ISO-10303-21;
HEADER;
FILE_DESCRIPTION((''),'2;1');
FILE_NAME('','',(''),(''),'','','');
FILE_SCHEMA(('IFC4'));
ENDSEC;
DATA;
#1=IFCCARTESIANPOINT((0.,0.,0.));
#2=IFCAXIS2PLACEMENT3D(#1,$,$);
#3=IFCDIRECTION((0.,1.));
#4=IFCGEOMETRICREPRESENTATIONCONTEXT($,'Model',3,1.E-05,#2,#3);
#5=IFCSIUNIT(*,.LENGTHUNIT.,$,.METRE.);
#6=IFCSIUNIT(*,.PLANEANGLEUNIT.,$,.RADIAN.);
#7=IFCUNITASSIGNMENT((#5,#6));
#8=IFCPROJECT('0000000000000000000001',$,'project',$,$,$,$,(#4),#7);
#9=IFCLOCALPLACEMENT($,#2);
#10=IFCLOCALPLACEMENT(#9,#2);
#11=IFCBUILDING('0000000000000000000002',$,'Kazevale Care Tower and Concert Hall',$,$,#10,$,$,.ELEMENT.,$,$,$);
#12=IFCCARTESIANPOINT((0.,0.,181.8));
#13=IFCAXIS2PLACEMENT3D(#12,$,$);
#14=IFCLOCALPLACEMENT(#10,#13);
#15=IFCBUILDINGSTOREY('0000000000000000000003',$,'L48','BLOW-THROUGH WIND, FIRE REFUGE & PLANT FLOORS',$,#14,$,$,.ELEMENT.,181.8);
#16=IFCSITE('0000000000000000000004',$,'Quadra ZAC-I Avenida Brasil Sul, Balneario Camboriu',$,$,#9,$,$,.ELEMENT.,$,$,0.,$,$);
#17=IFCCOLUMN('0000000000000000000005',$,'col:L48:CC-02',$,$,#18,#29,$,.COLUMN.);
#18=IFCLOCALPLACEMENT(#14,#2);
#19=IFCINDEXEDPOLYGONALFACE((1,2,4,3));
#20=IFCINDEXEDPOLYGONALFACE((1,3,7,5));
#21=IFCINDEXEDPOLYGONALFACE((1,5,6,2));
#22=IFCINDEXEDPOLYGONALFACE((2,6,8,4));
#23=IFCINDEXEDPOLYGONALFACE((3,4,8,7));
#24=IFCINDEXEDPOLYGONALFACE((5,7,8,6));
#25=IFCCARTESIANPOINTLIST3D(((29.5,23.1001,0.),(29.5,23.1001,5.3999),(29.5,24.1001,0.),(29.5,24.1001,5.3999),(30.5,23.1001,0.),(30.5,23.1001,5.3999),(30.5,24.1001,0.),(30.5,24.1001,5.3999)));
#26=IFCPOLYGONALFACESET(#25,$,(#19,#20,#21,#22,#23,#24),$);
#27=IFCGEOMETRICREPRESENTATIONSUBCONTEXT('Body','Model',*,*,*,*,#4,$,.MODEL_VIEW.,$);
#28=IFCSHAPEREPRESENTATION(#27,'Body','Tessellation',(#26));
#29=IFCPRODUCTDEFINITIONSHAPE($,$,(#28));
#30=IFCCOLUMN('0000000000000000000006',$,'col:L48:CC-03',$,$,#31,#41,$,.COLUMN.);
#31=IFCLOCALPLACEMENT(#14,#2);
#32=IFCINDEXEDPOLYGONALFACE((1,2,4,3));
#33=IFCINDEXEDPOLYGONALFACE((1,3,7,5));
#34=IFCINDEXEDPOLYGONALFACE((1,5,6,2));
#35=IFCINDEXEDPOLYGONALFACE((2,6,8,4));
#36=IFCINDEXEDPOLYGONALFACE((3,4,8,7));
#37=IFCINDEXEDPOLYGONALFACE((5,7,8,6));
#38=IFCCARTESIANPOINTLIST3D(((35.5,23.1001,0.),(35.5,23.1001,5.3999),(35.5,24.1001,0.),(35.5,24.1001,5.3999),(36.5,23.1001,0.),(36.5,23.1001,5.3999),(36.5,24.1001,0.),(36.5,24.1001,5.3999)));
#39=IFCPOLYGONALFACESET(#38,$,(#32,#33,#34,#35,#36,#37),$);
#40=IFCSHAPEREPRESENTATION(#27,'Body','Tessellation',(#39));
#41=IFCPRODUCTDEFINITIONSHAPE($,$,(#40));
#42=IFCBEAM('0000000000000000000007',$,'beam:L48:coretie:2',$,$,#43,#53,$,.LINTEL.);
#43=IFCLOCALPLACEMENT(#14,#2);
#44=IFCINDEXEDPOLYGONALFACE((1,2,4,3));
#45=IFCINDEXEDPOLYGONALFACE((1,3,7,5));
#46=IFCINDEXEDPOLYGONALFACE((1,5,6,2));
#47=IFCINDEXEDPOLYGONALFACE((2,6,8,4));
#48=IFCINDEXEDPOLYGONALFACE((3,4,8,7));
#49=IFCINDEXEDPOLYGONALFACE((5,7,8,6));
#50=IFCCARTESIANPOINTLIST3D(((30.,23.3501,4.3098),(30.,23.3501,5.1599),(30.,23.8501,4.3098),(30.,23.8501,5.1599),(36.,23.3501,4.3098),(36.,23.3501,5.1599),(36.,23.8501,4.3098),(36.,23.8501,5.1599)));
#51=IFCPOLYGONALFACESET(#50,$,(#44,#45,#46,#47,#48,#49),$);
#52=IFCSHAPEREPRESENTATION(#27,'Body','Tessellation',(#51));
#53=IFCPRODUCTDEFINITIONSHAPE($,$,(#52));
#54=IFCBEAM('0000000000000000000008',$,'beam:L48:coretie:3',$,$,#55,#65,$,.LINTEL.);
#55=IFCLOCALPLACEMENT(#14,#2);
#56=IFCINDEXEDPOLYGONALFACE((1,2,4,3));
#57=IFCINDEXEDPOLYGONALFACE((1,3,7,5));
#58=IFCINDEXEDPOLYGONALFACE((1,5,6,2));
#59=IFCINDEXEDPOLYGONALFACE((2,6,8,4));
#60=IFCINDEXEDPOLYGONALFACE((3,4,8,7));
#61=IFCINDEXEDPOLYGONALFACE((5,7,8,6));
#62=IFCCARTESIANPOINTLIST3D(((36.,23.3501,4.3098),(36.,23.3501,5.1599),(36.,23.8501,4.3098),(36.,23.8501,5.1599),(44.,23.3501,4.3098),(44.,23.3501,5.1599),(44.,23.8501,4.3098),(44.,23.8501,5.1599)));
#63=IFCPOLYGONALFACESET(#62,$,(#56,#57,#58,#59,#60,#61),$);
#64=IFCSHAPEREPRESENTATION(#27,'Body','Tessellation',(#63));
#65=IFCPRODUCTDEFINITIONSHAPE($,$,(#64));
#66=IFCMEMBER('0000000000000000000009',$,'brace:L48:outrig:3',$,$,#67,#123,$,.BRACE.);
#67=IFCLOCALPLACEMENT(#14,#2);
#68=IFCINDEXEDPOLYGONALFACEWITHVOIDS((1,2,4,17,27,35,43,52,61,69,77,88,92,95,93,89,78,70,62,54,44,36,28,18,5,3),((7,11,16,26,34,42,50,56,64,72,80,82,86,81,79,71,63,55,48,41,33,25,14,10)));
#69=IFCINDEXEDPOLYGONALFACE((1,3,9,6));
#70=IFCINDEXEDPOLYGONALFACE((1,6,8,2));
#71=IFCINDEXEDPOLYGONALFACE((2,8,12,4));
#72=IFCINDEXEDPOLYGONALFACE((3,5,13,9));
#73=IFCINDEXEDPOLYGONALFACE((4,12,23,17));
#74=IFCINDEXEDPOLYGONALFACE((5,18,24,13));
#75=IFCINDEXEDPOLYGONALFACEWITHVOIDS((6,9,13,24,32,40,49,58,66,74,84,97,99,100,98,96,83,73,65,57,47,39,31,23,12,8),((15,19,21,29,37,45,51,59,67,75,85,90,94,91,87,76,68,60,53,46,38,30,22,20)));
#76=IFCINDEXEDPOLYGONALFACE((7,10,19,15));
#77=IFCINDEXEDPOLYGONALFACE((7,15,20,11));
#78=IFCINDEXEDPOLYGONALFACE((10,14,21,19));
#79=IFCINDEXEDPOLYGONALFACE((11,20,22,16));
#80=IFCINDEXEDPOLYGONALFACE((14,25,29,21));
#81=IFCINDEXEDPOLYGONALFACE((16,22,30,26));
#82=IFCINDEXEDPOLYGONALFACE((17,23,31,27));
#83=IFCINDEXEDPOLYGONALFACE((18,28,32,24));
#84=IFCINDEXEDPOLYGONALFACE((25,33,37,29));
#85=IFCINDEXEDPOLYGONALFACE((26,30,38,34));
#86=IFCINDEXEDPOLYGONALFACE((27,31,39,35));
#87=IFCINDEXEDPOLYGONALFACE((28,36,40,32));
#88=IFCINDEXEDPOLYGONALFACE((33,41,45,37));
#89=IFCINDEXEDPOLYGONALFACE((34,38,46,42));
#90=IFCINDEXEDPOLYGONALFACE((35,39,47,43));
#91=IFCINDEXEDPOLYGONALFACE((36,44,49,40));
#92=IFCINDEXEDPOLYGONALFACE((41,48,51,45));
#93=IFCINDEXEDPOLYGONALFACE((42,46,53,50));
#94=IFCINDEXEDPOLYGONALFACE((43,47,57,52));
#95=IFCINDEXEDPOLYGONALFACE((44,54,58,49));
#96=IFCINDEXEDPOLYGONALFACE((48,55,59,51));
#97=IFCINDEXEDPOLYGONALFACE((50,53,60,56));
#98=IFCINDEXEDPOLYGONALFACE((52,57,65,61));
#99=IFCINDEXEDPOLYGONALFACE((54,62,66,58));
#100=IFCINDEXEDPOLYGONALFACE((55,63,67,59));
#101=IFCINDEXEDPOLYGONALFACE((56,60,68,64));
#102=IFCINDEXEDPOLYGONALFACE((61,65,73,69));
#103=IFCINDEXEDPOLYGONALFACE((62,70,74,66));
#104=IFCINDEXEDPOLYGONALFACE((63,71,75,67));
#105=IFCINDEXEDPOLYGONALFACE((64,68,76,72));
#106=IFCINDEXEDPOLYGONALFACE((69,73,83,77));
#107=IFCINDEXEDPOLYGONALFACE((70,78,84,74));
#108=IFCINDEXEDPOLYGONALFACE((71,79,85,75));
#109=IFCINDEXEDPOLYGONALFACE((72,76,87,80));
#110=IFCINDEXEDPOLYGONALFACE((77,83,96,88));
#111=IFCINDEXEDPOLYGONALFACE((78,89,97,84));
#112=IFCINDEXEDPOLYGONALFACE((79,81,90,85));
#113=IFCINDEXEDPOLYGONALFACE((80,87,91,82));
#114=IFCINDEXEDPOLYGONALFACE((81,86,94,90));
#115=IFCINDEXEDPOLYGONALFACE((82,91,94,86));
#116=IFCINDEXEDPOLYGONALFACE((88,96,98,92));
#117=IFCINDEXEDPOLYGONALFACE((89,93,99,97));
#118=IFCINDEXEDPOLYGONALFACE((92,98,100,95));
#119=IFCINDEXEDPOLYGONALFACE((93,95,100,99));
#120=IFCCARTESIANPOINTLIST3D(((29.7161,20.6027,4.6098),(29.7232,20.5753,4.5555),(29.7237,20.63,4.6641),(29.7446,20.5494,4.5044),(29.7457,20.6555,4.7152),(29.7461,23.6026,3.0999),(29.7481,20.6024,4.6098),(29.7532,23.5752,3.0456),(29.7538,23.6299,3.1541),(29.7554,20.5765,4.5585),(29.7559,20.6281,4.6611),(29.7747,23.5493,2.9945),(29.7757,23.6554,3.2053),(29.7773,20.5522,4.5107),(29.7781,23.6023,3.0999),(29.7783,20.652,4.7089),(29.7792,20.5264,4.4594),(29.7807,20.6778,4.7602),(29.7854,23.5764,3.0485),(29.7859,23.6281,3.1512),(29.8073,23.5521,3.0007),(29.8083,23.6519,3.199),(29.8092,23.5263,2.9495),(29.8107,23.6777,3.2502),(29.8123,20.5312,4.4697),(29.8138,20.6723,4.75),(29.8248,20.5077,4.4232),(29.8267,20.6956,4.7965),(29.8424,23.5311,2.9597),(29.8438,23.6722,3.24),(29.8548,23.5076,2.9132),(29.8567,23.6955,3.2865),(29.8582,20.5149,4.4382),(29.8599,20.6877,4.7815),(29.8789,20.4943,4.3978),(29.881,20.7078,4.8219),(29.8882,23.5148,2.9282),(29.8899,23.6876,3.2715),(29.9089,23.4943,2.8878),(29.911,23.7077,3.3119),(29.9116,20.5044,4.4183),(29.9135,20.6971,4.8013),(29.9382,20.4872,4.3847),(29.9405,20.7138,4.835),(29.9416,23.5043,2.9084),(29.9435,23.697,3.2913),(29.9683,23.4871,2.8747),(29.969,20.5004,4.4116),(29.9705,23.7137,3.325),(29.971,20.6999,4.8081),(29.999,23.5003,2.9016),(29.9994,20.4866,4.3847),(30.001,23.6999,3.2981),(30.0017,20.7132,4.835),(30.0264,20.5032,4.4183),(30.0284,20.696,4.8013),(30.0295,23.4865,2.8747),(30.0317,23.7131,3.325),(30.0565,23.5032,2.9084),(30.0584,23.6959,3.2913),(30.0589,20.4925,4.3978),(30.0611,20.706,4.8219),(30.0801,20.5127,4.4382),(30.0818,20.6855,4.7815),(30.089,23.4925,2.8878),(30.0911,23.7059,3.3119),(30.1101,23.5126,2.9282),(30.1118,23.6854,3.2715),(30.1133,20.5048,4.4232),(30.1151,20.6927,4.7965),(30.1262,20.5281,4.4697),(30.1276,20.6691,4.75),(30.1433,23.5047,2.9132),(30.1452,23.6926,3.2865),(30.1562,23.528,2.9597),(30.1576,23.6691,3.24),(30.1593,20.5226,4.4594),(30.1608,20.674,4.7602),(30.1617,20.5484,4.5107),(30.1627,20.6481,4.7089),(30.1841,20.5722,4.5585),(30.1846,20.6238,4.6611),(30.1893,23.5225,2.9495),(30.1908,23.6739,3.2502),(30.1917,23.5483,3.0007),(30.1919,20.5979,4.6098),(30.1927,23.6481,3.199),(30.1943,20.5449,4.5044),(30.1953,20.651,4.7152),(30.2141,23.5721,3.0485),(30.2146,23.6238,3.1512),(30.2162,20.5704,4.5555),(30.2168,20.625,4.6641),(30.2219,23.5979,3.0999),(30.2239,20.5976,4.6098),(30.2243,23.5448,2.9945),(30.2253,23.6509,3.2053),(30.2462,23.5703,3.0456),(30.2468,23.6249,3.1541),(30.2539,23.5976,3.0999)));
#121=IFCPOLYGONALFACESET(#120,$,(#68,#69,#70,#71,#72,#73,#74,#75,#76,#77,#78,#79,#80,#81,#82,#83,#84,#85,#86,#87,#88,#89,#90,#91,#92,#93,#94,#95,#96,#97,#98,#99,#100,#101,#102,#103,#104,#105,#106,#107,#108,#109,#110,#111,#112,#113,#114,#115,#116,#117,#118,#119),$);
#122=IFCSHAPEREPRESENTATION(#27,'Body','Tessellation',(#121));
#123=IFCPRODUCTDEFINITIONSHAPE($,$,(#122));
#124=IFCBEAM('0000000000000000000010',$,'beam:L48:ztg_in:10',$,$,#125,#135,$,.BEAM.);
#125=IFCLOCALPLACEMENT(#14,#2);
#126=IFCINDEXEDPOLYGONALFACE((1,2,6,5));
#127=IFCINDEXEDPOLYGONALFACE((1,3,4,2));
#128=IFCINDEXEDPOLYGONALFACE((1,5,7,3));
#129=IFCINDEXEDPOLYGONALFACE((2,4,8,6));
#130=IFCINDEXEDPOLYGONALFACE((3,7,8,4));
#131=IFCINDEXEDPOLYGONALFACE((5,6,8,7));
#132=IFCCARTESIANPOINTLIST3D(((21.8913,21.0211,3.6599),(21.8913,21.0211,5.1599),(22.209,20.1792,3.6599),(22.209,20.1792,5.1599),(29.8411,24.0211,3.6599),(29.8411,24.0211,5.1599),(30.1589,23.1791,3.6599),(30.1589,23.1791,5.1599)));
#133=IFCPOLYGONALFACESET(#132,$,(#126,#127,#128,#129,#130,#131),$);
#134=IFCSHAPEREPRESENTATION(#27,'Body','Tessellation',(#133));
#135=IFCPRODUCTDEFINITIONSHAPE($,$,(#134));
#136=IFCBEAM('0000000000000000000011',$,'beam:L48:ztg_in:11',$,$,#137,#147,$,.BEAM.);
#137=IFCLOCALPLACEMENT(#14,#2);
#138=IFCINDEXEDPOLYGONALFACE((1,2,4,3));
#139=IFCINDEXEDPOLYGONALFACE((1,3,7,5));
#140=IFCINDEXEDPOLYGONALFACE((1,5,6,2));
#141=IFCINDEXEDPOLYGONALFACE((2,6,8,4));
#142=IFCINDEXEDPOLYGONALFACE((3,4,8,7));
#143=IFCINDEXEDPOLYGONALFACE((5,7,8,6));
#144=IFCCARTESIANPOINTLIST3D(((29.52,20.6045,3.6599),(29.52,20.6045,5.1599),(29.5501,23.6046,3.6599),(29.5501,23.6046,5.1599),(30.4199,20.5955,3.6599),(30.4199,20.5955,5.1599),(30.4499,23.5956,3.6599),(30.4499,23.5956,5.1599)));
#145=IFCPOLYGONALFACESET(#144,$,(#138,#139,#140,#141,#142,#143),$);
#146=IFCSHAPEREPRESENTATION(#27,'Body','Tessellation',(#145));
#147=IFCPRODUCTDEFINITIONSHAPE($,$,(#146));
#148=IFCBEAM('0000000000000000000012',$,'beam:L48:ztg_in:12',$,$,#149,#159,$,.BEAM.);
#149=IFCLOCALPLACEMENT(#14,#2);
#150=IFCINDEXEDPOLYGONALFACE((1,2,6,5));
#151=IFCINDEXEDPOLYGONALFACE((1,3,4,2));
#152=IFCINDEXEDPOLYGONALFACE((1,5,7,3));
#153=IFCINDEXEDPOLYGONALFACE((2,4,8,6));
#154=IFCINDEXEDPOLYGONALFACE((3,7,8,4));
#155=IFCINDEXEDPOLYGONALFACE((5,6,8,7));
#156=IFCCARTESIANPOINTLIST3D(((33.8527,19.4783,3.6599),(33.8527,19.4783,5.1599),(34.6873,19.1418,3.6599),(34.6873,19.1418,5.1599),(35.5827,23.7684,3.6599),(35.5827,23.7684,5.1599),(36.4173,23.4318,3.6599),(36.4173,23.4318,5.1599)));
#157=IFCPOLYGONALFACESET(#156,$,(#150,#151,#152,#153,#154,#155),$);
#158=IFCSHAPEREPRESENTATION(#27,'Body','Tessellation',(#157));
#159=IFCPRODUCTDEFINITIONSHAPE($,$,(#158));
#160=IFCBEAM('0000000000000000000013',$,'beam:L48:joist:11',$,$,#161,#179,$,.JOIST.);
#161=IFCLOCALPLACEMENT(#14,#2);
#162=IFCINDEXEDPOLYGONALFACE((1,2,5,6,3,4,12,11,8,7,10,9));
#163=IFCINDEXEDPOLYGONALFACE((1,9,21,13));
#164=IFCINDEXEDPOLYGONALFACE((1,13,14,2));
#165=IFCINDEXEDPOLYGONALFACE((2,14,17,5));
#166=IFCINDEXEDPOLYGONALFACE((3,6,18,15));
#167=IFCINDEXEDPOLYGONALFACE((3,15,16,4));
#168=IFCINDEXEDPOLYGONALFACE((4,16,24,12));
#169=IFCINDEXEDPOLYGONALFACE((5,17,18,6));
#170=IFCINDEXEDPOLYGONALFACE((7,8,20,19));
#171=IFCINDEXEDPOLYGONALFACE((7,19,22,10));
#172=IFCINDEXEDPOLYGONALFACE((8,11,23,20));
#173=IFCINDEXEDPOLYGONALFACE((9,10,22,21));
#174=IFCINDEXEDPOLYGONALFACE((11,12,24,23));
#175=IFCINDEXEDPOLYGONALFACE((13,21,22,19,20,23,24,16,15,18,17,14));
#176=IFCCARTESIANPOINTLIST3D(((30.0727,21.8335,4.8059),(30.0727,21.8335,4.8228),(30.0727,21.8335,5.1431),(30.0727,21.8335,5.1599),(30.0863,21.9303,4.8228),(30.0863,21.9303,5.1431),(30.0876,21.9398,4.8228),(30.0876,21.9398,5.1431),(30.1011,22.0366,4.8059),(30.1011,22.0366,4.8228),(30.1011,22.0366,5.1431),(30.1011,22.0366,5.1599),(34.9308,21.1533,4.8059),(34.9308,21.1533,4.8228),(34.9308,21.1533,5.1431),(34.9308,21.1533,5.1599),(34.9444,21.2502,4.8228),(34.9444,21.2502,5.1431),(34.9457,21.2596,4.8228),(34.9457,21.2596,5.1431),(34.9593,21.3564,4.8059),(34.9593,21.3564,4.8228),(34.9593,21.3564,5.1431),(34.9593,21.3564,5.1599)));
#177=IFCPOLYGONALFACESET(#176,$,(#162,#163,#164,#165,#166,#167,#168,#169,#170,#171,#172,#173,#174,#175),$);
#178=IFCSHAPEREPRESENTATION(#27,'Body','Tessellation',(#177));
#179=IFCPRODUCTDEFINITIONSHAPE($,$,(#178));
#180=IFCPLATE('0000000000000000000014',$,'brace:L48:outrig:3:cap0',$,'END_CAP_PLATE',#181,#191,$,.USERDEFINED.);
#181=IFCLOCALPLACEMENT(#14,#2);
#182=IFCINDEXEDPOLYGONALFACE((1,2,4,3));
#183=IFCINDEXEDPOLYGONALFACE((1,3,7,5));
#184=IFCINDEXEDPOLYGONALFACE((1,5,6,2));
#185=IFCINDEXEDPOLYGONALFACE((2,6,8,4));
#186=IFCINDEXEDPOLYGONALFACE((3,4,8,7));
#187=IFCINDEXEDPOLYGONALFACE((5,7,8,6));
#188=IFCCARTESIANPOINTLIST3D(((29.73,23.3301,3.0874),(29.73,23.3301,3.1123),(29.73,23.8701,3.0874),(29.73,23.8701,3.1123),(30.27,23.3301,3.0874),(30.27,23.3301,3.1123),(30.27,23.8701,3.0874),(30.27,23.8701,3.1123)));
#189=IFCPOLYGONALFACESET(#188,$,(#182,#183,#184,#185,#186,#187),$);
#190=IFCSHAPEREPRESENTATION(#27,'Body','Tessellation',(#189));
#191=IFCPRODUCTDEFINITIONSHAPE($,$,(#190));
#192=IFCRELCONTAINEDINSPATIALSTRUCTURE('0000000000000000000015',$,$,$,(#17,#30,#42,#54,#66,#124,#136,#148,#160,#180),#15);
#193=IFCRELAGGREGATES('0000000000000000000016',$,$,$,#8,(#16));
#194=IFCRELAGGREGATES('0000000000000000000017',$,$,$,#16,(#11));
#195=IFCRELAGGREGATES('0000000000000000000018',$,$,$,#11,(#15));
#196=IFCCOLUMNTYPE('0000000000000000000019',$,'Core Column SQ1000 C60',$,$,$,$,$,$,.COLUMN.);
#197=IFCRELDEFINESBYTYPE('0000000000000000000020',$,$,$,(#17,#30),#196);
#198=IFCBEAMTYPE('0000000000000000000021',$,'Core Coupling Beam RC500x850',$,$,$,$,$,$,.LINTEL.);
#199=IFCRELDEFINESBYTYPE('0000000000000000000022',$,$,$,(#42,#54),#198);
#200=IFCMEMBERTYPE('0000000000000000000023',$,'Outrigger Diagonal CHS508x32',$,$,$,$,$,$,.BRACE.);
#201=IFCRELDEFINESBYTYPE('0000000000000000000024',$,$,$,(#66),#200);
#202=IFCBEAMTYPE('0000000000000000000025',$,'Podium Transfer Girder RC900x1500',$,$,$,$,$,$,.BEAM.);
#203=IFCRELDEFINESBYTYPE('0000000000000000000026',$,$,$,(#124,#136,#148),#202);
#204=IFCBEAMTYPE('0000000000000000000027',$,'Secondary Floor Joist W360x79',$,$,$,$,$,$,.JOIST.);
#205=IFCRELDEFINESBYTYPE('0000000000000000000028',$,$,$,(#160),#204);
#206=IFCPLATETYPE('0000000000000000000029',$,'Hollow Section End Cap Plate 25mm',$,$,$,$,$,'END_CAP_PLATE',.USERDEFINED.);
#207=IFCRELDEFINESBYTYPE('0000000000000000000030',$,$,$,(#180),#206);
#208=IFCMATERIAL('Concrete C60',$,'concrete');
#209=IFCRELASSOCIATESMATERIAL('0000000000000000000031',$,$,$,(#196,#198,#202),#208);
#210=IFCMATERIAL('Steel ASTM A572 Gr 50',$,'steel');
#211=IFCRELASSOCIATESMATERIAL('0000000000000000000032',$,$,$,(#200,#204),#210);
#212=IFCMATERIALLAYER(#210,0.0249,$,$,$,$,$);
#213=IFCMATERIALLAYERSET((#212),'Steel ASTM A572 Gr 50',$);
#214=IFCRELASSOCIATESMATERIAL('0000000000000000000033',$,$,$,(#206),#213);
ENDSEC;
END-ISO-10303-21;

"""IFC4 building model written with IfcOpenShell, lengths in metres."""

from ifc_helpers import new_model, si_unit, direction, frame, origin, origin_2d, place, context, subcontext, project, spatial, rectangle, hollow_circle, i_section, extrude, material, layer, layer_set, material_profile, profile_set, type_object, element, save


model = new_model("IFC4")

# Units and contexts
model_context = context("Model", 3, precision=1e-05, world=origin(), true_north=direction((0.0, 1.0)))
body_context = subcontext(model_context, "Body", "Model", "MODEL_VIEW")
ifc_project = project(units=[si_unit("LENGTHUNIT", "METRE"), si_unit("PLANEANGLEUNIT", "RADIAN")], contexts=[model_context])

# Site, building, storey
site_placement = place(None, origin())
site = spatial("IfcSite", under=ifc_project, at=site_placement, Name="Quadra ZAC-I Avenida Brasil Sul, Balneario Camboriu", CompositionType="ELEMENT", RefElevation=0.0)
building_placement = place(site_placement, origin())
building = spatial("IfcBuilding", under=site, at=building_placement, Name="Kazevale Care Tower and Concert Hall", CompositionType="ELEMENT")
storey_placement = place(building_placement, frame((0.0, 0.0, 181.8)))
storey = spatial("IfcBuildingStorey", under=building, at=storey_placement, Name="L48", Description="BLOW-THROUGH WIND, FIRE REFUGE & PLANT FLOORS", CompositionType="ELEMENT", Elevation=181.8)

# Columns
ifc_material_1 = material(Name="Concrete C60", Category="concrete")
ifc_material_profile_1 = material_profile(ifc_material_1, rectangle(XDim=1.0, YDim=1.0, at=origin_2d()), Name="RC-SQ1000")
ifc_profile_set_1 = profile_set([ifc_material_profile_1], Name="Concrete C60")
column_type = type_object("IfcColumnType", Name="Core Column SQ1000 C60", PredefinedType="COLUMN", material=ifc_profile_set_1)
for number, where, z_axis, x_axis, name in (
    (1, (30.0, 23.6001, 0.0), (0.0, 0.0, 1.0), (1.0, 0.0, 0.0), "col:L48:CC-02"),
    (2, (36.0, 23.6001, 0.0), (0.0, 0.0, 1.0), (1.0, 0.0, 0.0), "col:L48:CC-03"),
):
    element("IfcColumn", number, at=place(storey_placement, frame(where, z_axis=z_axis, x_axis=x_axis)), inside=storey, type_object=column_type, Name=name, PredefinedType="COLUMN", context=body_context, shape_type="SweptSolid", body=[
        extrude(rectangle(XDim=1.0, YDim=1.0, at=origin_2d()), origin(), (0.0, 0.0, 1.0), 5.3999),
    ])

# Beams
ifc_material_profile_2 = material_profile(ifc_material_1, rectangle(XDim=0.5, YDim=0.8501, at=origin_2d()), Name="RC-B500x850")
ifc_profile_set_2 = profile_set([ifc_material_profile_2], Name="Concrete C60")
beam_type_1 = type_object("IfcBeamType", Name="Core Coupling Beam RC500x850", PredefinedType="LINTEL", material=ifc_profile_set_2)
beam_1_placement = place(storey_placement, frame((30.0, 23.6001, 4.7349), z_axis=(1.0, 0.0, 0.0), x_axis=(0.0, 1.0, 0.0)))
element("IfcBeam", 3, at=beam_1_placement, inside=storey, type_object=beam_type_1, Name="beam:L48:coretie:2", PredefinedType="LINTEL", context=body_context, shape_type="SweptSolid", body=[
    extrude(rectangle(XDim=0.5, YDim=0.8501, at=origin_2d()), origin(), (0.0, 0.0, 1.0), 6.0),
])
beam_2_placement = place(storey_placement, frame((36.0, 23.6001, 4.7349), z_axis=(1.0, 0.0, 0.0), x_axis=(0.0, 1.0, 0.0)))
element("IfcBeam", 4, at=beam_2_placement, inside=storey, type_object=beam_type_1, Name="beam:L48:coretie:3", PredefinedType="LINTEL", context=body_context, shape_type="SweptSolid", body=[
    extrude(rectangle(XDim=0.5, YDim=0.8501, at=origin_2d()), origin(), (0.0, 0.0, 1.0), 8.0),
])

# Member
ifc_material_2 = material(Name="Steel ASTM A572 Gr 50", Category="steel")
ifc_material_profile_3 = material_profile(ifc_material_2, hollow_circle(Radius=0.2539, WallThickness=0.032, at=origin_2d()), Name="CHS508x32")
ifc_profile_set_3 = profile_set([ifc_material_profile_3], Name="Steel ASTM A572 Gr 50")
member_type = type_object("IfcMemberType", Name="Outrigger Diagonal CHS508x32", PredefinedType="BRACE", material=ifc_profile_set_3)
member_placement = place(storey_placement, frame((30.0, 23.6001, 3.0999), z_axis=(-0.008941, -0.893196, 0.449578), x_axis=(0.99995, -0.010009, 0.0)))
element("IfcMember", 5, at=member_placement, inside=storey, type_object=member_type, Name="brace:L48:outrig:3", PredefinedType="BRACE", context=body_context, shape_type="SweptSolid", body=[
    extrude(hollow_circle(Radius=0.2539, WallThickness=0.032, at=origin_2d()), origin(), (0.0, 0.0, 1.0), 3.3586),
])

# Beams
ifc_material_profile_4 = material_profile(ifc_material_1, rectangle(XDim=0.8999, YDim=1.5, at=origin_2d()), Name="RC-TG900x1500")
ifc_profile_set_4 = profile_set([ifc_material_profile_4], Name="Concrete C60")
beam_type_2 = type_object("IfcBeamType", Name="Podium Transfer Girder RC900x1500", PredefinedType="BEAM", material=ifc_profile_set_4)
beam_3_placement = place(storey_placement, frame((30.0, 23.6001, 4.4099), z_axis=(-0.935601, -0.353059, 0.0), x_axis=(0.353059, -0.935601, 0.0)))
element("IfcBeam", 6, at=beam_3_placement, inside=storey, type_object=beam_type_2, Name="beam:L48:ztg_in:10", PredefinedType="BEAM", context=body_context, shape_type="SweptSolid", body=[
    extrude(rectangle(XDim=0.8999, YDim=1.5, at=origin_2d()), origin(), (0.0, 0.0, 1.0), 8.4971),
])
beam_4_placement = place(storey_placement, frame((30.0, 23.6001, 4.4099), z_axis=(-0.010009, -0.99995, 0.0), x_axis=(0.99995, -0.010009, 0.0)))
element("IfcBeam", 7, at=beam_4_placement, inside=storey, type_object=beam_type_2, Name="beam:L48:ztg_in:11", PredefinedType="BEAM", context=body_context, shape_type="SweptSolid", body=[
    extrude(rectangle(XDim=0.8999, YDim=1.5, at=origin_2d()), origin(), (0.0, 0.0, 1.0), 3.0002),
])
beam_5_placement = place(storey_placement, frame((36.0, 23.6001, 4.4099), z_axis=(-0.373992, -0.927432, 0.0), x_axis=(0.927432, -0.373992, 0.0)))
element("IfcBeam", 8, at=beam_5_placement, inside=storey, type_object=beam_type_2, Name="beam:L48:ztg_in:12", PredefinedType="BEAM", context=body_context, shape_type="SweptSolid", body=[
    extrude(rectangle(XDim=0.8999, YDim=1.5, at=origin_2d()), origin(), (0.0, 0.0, 1.0), 4.6257),
])
ifc_material_profile_5 = material_profile(ifc_material_2, i_section(OverallWidth=0.2051, OverallDepth=0.354, WebThickness=0.0095, FlangeThickness=0.0168, at=origin_2d()), Name="W360x79")
ifc_profile_set_5 = profile_set([ifc_material_profile_5], Name="Steel ASTM A572 Gr 50")
beam_type_3 = type_object("IfcBeamType", Name="Secondary Floor Joist W360x79", PredefinedType="JOIST", material=ifc_profile_set_5)
beam_6_placement = place(storey_placement, frame((30.0869, 21.9351, 4.9829), z_axis=(0.990341, -0.138655, 0.0), x_axis=(0.138655, 0.990341, 0.0)))
element("IfcBeam", 9, at=beam_6_placement, inside=storey, type_object=beam_type_3, Name="beam:L48:joist:11", PredefinedType="JOIST", context=body_context, shape_type="SweptSolid", body=[
    extrude(i_section(OverallWidth=0.2051, OverallDepth=0.354, WebThickness=0.0095, FlangeThickness=0.0168, at=origin_2d()), origin(), (0.0, 0.0, 1.0), 4.9055),
])

# Plate
ifc_layer_1 = layer(ifc_material_2, 0.0249)
ifc_layer_set_1 = layer_set([ifc_layer_1], Name="Steel ASTM A572 Gr 50")
plate_type = type_object("IfcPlateType", Name="Hollow Section End Cap Plate 25mm", ElementType="END_CAP_PLATE", PredefinedType="USERDEFINED", material=ifc_layer_set_1)
plate_placement = place(storey_placement, frame((30.0, 23.6001, 3.0874), z_axis=(0.0, 0.0, 1.0), x_axis=(1.0, 0.0, 0.0)))
element("IfcPlate", 10, at=plate_placement, inside=storey, type_object=plate_type, Name="brace:L48:outrig:3:cap0", ObjectType="END_CAP_PLATE", PredefinedType="USERDEFINED", context=body_context, shape_type="SweptSolid", body=[
    extrude(rectangle(XDim=0.54, YDim=0.54, at=origin_2d()), origin(), (0.0, 0.0, 1.0), 0.0249),
])

save(model, "model.ifc")
